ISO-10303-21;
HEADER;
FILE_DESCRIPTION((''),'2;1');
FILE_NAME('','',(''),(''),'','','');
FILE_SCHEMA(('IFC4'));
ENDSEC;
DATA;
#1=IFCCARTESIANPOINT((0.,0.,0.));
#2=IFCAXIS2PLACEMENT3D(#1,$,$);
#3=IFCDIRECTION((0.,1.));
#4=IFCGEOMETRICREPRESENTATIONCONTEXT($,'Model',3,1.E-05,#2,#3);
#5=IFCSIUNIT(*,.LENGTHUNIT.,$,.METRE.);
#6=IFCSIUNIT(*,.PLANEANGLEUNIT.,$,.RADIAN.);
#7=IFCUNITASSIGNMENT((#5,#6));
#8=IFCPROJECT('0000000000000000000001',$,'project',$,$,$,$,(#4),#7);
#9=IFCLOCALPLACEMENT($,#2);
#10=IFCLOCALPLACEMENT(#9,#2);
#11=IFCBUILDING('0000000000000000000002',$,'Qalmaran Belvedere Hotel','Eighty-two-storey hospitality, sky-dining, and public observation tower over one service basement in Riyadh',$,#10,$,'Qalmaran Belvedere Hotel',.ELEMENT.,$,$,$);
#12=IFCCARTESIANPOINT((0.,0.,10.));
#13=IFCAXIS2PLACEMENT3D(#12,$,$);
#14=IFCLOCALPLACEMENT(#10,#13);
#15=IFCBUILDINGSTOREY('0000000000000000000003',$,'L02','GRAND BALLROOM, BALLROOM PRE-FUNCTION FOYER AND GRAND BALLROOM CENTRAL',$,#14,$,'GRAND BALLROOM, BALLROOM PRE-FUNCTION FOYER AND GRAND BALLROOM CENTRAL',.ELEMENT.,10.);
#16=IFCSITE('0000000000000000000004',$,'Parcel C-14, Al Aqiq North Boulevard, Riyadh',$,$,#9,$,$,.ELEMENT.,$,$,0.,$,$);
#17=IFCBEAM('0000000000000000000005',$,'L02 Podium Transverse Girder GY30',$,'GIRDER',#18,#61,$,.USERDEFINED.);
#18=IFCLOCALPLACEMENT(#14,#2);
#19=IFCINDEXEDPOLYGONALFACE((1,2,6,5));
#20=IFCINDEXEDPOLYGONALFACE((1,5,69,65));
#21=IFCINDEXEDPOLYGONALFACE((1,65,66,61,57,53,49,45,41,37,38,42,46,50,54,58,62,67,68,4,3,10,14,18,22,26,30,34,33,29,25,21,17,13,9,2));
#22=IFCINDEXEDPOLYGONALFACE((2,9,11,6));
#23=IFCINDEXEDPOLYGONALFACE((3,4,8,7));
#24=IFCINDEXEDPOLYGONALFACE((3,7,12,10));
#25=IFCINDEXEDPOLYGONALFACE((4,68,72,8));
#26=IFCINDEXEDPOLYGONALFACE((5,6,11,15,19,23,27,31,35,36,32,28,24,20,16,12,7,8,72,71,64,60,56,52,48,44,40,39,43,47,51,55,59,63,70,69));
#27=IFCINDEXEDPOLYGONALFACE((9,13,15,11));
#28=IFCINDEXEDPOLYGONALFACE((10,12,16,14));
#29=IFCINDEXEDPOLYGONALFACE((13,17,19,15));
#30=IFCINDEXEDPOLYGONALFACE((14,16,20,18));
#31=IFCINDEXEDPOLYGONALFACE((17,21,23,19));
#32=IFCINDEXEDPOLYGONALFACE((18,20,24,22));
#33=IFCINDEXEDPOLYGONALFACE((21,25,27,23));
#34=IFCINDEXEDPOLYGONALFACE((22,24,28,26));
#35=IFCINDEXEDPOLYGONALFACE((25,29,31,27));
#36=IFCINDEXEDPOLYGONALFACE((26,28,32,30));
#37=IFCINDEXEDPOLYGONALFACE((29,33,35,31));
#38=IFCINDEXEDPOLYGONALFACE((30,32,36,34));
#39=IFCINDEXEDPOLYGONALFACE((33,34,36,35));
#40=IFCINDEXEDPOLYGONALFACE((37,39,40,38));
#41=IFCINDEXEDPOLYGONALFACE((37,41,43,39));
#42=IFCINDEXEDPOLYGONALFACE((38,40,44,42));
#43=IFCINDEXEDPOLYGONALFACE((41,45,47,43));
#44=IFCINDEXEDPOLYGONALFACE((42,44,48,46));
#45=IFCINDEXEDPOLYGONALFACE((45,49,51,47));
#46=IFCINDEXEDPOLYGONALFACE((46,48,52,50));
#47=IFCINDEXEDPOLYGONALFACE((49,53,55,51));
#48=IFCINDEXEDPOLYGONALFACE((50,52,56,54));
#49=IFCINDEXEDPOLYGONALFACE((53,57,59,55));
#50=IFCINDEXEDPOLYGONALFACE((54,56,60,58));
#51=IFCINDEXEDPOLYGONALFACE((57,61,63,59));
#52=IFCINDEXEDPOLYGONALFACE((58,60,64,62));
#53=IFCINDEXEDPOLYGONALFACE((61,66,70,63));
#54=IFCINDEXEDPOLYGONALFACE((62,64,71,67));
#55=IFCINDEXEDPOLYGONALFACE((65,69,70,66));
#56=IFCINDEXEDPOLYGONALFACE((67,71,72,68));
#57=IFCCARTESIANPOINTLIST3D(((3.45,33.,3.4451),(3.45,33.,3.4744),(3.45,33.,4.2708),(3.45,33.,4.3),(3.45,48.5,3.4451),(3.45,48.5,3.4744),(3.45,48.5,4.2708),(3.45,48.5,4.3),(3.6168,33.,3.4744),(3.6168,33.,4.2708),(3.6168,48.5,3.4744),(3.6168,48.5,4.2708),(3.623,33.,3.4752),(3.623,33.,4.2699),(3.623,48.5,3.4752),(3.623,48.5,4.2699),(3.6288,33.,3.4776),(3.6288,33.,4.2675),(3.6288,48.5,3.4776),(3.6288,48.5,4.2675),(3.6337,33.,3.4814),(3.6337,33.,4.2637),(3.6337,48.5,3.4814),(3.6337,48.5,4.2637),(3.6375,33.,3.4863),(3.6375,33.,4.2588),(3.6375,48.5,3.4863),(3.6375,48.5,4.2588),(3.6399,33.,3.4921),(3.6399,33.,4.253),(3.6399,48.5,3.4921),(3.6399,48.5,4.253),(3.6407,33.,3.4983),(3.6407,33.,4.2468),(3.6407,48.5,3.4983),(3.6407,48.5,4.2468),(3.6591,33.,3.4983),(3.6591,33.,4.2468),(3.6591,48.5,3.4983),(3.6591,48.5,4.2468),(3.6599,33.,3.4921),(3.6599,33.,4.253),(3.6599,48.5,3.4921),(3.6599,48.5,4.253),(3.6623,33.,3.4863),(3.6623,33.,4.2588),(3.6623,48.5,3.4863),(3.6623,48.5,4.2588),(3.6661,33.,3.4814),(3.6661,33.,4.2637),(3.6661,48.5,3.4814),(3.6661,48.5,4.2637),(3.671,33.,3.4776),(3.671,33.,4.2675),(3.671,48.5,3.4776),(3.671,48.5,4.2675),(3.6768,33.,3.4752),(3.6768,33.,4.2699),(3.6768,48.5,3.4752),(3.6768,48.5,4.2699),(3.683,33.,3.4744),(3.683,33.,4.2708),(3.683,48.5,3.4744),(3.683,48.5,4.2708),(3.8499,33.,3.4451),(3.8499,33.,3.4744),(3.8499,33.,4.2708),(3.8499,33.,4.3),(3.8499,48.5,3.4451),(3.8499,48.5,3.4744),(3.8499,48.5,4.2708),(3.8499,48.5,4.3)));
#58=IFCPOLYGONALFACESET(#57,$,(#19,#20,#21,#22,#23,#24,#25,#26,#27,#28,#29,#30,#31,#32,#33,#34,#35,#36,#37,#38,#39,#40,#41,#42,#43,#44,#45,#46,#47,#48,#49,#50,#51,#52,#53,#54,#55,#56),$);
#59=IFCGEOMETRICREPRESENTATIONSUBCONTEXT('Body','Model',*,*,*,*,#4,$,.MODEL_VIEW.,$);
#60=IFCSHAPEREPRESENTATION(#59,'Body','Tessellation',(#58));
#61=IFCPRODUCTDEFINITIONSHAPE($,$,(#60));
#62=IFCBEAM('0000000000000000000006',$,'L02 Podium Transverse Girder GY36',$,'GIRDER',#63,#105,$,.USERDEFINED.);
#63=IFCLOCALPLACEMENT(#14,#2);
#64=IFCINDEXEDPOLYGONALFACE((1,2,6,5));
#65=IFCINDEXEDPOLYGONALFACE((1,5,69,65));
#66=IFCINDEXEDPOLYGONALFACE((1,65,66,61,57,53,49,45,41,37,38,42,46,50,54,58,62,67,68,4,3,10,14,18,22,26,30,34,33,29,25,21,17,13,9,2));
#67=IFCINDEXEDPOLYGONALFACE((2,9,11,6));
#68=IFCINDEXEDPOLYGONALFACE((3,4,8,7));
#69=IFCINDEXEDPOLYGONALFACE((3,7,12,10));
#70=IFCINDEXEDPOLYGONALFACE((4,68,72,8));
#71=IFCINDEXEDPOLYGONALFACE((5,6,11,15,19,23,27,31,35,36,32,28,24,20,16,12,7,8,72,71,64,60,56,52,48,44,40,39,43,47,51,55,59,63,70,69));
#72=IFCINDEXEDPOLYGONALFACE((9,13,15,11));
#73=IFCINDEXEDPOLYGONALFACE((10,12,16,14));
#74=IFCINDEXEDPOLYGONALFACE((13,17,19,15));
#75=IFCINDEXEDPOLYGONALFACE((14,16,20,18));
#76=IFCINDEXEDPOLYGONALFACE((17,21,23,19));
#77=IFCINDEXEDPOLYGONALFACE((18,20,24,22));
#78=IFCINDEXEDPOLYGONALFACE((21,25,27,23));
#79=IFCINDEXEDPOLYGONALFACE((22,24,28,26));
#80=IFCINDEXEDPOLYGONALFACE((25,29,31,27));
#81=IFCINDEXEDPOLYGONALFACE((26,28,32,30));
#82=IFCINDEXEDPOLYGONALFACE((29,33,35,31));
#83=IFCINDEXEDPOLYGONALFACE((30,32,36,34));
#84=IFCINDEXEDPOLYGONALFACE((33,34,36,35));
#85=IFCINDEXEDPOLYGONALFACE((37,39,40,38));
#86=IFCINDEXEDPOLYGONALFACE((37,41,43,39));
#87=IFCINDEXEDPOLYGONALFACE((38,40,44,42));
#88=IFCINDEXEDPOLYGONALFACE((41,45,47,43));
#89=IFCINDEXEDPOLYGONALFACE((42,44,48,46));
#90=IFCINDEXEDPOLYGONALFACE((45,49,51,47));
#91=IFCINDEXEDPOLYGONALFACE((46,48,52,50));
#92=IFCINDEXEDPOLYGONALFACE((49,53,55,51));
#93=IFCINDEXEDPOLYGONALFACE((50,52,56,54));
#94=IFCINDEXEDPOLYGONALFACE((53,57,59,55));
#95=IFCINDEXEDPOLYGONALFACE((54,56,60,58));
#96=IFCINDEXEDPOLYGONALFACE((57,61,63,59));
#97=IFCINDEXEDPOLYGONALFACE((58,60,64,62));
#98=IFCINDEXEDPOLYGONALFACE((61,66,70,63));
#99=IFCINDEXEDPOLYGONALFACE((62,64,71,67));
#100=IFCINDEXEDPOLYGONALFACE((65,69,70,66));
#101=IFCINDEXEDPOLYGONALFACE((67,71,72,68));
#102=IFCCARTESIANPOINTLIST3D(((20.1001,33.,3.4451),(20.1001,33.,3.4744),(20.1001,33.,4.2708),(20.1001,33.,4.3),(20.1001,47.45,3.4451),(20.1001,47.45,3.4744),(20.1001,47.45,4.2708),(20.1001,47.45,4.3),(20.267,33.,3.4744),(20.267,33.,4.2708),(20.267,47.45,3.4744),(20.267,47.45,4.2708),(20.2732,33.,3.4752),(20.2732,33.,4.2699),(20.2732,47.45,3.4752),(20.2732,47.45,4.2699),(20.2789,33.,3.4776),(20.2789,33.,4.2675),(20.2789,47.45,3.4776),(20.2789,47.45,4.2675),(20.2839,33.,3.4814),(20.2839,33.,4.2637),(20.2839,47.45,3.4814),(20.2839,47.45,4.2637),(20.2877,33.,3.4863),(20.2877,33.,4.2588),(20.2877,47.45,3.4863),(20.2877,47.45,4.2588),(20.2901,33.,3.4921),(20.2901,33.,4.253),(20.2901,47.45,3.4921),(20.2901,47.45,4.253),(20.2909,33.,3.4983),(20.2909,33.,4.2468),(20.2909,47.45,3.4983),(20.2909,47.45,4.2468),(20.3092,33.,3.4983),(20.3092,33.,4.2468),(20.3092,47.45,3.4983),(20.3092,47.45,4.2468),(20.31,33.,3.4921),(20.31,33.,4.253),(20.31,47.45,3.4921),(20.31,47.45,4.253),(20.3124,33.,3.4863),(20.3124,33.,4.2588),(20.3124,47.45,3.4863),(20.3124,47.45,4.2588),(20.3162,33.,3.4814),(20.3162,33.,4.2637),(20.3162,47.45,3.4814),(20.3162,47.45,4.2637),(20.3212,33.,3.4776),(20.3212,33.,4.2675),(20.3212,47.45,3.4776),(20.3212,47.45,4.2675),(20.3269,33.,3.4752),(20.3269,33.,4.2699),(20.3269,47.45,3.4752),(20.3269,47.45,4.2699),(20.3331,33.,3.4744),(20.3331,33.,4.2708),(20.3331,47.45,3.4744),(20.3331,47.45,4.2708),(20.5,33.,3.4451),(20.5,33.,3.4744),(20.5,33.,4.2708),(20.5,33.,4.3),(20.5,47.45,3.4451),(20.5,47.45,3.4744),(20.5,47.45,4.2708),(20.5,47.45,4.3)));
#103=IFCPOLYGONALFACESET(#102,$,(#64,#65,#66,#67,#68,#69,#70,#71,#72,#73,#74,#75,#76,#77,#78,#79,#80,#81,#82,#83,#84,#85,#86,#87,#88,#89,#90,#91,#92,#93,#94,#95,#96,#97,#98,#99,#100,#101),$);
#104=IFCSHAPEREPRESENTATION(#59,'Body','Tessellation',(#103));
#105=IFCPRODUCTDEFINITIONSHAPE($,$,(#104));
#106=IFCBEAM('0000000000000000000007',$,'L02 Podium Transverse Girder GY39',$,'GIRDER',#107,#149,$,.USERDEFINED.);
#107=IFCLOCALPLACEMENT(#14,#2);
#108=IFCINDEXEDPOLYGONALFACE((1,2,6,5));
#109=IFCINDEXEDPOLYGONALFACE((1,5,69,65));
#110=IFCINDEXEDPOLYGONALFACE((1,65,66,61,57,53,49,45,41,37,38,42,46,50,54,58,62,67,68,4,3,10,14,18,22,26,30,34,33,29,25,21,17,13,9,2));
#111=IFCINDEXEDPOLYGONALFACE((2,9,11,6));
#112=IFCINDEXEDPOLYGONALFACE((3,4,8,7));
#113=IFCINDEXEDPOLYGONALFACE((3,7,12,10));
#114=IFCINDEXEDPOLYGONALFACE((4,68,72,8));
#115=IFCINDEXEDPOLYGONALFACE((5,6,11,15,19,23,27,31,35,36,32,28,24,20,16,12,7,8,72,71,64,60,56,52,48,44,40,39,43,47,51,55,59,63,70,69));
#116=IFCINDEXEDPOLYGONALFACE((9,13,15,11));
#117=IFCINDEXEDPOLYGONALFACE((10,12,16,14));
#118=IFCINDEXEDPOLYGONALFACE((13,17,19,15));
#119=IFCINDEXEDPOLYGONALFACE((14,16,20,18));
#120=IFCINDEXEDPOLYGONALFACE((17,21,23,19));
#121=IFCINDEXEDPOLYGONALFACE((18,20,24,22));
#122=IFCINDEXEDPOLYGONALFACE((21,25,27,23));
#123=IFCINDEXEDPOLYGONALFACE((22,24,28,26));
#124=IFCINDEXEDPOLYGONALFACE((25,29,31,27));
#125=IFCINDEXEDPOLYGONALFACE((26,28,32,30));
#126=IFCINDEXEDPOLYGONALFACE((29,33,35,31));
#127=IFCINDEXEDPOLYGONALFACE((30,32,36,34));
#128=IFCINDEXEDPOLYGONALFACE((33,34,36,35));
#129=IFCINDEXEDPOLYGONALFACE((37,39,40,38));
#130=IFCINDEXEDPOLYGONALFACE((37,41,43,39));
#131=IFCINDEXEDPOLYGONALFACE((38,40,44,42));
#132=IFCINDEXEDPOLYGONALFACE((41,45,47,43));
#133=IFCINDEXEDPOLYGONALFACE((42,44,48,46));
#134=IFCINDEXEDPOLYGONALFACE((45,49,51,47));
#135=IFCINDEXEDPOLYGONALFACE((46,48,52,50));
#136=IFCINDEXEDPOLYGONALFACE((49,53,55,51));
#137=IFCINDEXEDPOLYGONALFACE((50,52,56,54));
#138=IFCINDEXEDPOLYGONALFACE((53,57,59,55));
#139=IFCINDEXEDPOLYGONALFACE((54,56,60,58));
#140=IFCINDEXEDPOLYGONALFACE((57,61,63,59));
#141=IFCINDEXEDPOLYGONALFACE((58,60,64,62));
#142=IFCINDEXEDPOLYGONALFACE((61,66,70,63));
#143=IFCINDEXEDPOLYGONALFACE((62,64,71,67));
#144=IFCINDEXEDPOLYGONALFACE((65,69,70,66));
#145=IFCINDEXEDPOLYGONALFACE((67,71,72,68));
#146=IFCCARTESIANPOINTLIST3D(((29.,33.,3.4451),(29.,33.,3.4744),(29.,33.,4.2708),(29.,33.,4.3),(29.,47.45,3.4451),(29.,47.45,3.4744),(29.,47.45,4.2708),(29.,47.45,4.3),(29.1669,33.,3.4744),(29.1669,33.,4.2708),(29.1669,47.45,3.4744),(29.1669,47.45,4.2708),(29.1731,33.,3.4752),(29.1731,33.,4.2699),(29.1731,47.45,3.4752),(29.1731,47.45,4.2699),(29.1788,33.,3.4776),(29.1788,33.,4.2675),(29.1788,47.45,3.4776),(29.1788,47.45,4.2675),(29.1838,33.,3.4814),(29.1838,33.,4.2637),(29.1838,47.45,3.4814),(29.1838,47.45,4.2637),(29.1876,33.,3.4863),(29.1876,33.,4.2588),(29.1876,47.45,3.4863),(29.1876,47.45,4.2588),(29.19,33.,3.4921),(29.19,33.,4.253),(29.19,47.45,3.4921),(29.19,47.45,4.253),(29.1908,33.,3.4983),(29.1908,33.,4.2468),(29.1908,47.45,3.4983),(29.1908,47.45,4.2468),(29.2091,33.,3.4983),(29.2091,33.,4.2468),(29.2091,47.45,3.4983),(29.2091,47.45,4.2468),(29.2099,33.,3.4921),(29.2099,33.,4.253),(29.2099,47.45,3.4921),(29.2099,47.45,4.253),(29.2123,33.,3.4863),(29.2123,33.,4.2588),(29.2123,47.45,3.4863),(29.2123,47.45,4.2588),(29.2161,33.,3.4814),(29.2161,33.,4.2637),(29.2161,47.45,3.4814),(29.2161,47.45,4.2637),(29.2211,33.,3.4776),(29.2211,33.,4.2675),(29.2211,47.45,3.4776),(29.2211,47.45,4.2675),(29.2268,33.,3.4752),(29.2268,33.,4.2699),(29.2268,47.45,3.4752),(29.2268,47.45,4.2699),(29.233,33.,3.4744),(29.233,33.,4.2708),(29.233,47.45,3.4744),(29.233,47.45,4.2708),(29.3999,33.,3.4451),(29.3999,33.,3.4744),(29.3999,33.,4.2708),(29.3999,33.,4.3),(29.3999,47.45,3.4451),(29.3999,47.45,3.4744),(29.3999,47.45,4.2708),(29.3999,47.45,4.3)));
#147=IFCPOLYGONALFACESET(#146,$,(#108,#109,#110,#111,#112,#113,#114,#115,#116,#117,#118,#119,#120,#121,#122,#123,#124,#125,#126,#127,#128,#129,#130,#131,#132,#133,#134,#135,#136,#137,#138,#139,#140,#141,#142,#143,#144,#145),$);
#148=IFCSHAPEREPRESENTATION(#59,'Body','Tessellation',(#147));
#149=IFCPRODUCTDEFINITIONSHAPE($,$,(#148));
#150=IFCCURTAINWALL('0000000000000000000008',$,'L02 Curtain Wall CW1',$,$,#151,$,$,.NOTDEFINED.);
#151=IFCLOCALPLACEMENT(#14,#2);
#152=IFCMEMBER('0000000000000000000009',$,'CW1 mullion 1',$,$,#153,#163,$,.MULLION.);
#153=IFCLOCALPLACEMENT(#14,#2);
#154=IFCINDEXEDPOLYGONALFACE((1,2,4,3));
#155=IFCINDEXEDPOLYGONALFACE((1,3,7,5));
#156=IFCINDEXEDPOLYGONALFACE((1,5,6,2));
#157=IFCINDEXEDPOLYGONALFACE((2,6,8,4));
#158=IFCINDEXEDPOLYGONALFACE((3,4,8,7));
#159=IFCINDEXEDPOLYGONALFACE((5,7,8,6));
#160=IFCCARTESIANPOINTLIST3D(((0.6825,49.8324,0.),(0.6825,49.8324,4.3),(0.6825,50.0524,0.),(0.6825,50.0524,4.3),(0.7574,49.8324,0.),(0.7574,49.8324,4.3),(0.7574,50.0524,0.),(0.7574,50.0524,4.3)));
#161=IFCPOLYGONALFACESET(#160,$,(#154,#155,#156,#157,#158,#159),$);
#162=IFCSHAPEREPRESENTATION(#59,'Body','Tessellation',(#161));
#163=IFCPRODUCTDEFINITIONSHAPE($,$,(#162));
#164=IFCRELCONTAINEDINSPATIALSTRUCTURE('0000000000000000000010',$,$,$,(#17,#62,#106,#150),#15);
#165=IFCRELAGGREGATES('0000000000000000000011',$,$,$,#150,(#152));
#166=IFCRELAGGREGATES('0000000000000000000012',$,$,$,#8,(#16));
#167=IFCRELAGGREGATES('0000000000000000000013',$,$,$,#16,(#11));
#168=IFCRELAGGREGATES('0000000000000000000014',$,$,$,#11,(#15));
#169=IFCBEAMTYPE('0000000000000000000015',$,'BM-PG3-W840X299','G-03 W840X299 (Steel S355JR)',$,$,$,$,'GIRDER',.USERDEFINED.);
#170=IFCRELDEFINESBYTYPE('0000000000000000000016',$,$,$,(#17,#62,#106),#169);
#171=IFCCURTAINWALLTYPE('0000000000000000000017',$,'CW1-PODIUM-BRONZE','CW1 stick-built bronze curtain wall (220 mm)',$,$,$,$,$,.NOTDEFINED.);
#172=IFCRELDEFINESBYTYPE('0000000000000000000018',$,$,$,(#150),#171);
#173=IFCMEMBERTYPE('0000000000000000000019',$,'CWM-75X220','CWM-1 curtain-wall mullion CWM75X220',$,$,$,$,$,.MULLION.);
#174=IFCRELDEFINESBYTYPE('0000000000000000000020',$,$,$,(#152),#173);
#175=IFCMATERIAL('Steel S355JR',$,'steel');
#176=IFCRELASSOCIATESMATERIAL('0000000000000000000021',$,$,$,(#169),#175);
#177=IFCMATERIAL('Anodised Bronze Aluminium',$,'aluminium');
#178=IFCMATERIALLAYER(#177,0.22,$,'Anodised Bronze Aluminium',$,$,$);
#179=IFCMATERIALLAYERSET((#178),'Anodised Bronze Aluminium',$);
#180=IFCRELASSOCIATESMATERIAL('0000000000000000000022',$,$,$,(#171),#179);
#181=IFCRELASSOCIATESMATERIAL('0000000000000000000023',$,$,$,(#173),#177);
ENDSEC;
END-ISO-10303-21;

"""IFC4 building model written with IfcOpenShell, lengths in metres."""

from ifc_helpers import new_model, si_unit, direction, frame, origin, origin_2d, place, context, subcontext, project, spatial, rectangle, i_section, extrude, material, layer, layer_set, material_profile, profile_set, type_object, element, aggregate, save


model = new_model("IFC4")

# Units and contexts
model_context = context("Model", 3, precision=1e-05, world=origin(), true_north=direction((0.0, 1.0)))
body_context = subcontext(model_context, "Body", "Model", "MODEL_VIEW")
ifc_project = project(units=[si_unit("LENGTHUNIT", "METRE"), si_unit("PLANEANGLEUNIT", "RADIAN")], contexts=[model_context])

# Site, building, storey
site_placement = place(None, origin())
site = spatial("IfcSite", under=ifc_project, at=site_placement, Name="Parcel C-14, Al Aqiq North Boulevard, Riyadh", CompositionType="ELEMENT", RefElevation=0.0)
building_placement = place(site_placement, origin())
building = spatial("IfcBuilding", under=site, at=building_placement, Name="Qalmaran Belvedere Hotel", Description="Eighty-two-storey hospitality, sky-dining, and public observation tower over one service basement in Riyadh", LongName="Qalmaran Belvedere Hotel", CompositionType="ELEMENT")
storey_placement = place(building_placement, frame((0.0, 0.0, 10.0)))
storey = spatial("IfcBuildingStorey", under=building, at=storey_placement, Name="L02", Description="GRAND BALLROOM, BALLROOM PRE-FUNCTION FOYER AND GRAND BALLROOM CENTRAL", LongName="GRAND BALLROOM, BALLROOM PRE-FUNCTION FOYER AND GRAND BALLROOM CENTRAL", CompositionType="ELEMENT", Elevation=10.0)

# Beams
ifc_material_1 = material(Name="Steel S355JR", Category="steel")
ifc_material_profile_1 = material_profile(ifc_material_1, i_section(OverallWidth=0.3999, OverallDepth=0.855, WebThickness=0.0183, FlangeThickness=0.0293, FilletRadius=0.0239, at=origin_2d()), Name="W840X299")
ifc_profile_set_1 = profile_set([ifc_material_profile_1], Name="Steel S355JR")
beam_type_1 = type_object("IfcBeamType", Name="BM-PG3-W840X299", Description="G-03 W840X299 (Steel S355JR)", ElementType="GIRDER", PredefinedType="USERDEFINED", material=ifc_profile_set_1)
beam_1_placement = place(storey_placement, frame((3.6499, 33.0, 3.8726), z_axis=(0.0, 1.0, 0.0), x_axis=(-1.0, 0.0, 0.0)))
element("IfcBeam", 1, at=beam_1_placement, inside=storey, type_object=beam_type_1, Name="L02 Podium Transverse Girder GY30", ObjectType="GIRDER", PredefinedType="USERDEFINED", context=body_context, shape_type="SweptSolid", body=[
    extrude(i_section(OverallWidth=0.3999, OverallDepth=0.855, WebThickness=0.0183, FlangeThickness=0.0293, FilletRadius=0.0239, at=origin_2d()), origin(), (0.0, 0.0, 1.0), 15.5),
])
for number, where, z_axis, x_axis, name in (
    (2, (20.3, 33.0, 3.8726), (0.0, 1.0, 0.0), (-1.0, 0.0, 0.0), "L02 Podium Transverse Girder GY36"),
    (3, (29.2, 33.0, 3.8726), (0.0, 1.0, 0.0), (-1.0, 0.0, 0.0), "L02 Podium Transverse Girder GY39"),
):
    element("IfcBeam", number, at=place(storey_placement, frame(where, z_axis=z_axis, x_axis=x_axis)), inside=storey, type_object=beam_type_1, Name=name, ObjectType="GIRDER", PredefinedType="USERDEFINED", context=body_context, shape_type="SweptSolid", body=[
        extrude(i_section(OverallWidth=0.3999, OverallDepth=0.855, WebThickness=0.0183, FlangeThickness=0.0293, FilletRadius=0.0239, at=origin_2d()), origin(), (0.0, 0.0, 1.0), 14.45),
    ])

# Curtain wall, member
ifc_material_2 = material(Name="Anodised Bronze Aluminium", Category="aluminium")
ifc_layer_1 = layer(ifc_material_2, 0.22, Name="Anodised Bronze Aluminium")
ifc_layer_set_1 = layer_set([ifc_layer_1], Name="Anodised Bronze Aluminium")
curtain_wall_type = type_object("IfcCurtainWallType", Name="CW1-PODIUM-BRONZE", Description="CW1 stick-built bronze curtain wall (220 mm)", PredefinedType="NOTDEFINED", material=ifc_layer_set_1)
curtain_wall_placement = place(storey_placement, origin())
curtain_wall = element("IfcCurtainWall", 4, at=curtain_wall_placement, inside=storey, type_object=curtain_wall_type, Name="L02 Curtain Wall CW1", PredefinedType="NOTDEFINED")
ifc_material_profile_2 = material_profile(ifc_material_2, rectangle(XDim=0.075, YDim=0.22, at=origin_2d()), Name="CWM75X220")
ifc_profile_set_2 = profile_set([ifc_material_profile_2], Name="Anodised Bronze Aluminium")
member_type = type_object("IfcMemberType", Name="CWM-75X220", Description="CWM-1 curtain-wall mullion CWM75X220", PredefinedType="MULLION", material=ifc_profile_set_2)
member_placement = place(storey_placement, frame((0.72, 49.9424, 0.0), z_axis=(0.0, 0.0, 1.0), x_axis=(1.0, 0.0, 0.0)))
member = element("IfcMember", 5, at=member_placement, type_object=member_type, Name="CW1 mullion 1", PredefinedType="MULLION", context=body_context, shape_type="SweptSolid", body=[
    extrude(rectangle(XDim=0.075, YDim=0.22, at=origin_2d()), origin(), (0.0, 0.0, 1.0), 4.3),
])
aggregate(curtain_wall, [member])

save(model, "model.ifc")
